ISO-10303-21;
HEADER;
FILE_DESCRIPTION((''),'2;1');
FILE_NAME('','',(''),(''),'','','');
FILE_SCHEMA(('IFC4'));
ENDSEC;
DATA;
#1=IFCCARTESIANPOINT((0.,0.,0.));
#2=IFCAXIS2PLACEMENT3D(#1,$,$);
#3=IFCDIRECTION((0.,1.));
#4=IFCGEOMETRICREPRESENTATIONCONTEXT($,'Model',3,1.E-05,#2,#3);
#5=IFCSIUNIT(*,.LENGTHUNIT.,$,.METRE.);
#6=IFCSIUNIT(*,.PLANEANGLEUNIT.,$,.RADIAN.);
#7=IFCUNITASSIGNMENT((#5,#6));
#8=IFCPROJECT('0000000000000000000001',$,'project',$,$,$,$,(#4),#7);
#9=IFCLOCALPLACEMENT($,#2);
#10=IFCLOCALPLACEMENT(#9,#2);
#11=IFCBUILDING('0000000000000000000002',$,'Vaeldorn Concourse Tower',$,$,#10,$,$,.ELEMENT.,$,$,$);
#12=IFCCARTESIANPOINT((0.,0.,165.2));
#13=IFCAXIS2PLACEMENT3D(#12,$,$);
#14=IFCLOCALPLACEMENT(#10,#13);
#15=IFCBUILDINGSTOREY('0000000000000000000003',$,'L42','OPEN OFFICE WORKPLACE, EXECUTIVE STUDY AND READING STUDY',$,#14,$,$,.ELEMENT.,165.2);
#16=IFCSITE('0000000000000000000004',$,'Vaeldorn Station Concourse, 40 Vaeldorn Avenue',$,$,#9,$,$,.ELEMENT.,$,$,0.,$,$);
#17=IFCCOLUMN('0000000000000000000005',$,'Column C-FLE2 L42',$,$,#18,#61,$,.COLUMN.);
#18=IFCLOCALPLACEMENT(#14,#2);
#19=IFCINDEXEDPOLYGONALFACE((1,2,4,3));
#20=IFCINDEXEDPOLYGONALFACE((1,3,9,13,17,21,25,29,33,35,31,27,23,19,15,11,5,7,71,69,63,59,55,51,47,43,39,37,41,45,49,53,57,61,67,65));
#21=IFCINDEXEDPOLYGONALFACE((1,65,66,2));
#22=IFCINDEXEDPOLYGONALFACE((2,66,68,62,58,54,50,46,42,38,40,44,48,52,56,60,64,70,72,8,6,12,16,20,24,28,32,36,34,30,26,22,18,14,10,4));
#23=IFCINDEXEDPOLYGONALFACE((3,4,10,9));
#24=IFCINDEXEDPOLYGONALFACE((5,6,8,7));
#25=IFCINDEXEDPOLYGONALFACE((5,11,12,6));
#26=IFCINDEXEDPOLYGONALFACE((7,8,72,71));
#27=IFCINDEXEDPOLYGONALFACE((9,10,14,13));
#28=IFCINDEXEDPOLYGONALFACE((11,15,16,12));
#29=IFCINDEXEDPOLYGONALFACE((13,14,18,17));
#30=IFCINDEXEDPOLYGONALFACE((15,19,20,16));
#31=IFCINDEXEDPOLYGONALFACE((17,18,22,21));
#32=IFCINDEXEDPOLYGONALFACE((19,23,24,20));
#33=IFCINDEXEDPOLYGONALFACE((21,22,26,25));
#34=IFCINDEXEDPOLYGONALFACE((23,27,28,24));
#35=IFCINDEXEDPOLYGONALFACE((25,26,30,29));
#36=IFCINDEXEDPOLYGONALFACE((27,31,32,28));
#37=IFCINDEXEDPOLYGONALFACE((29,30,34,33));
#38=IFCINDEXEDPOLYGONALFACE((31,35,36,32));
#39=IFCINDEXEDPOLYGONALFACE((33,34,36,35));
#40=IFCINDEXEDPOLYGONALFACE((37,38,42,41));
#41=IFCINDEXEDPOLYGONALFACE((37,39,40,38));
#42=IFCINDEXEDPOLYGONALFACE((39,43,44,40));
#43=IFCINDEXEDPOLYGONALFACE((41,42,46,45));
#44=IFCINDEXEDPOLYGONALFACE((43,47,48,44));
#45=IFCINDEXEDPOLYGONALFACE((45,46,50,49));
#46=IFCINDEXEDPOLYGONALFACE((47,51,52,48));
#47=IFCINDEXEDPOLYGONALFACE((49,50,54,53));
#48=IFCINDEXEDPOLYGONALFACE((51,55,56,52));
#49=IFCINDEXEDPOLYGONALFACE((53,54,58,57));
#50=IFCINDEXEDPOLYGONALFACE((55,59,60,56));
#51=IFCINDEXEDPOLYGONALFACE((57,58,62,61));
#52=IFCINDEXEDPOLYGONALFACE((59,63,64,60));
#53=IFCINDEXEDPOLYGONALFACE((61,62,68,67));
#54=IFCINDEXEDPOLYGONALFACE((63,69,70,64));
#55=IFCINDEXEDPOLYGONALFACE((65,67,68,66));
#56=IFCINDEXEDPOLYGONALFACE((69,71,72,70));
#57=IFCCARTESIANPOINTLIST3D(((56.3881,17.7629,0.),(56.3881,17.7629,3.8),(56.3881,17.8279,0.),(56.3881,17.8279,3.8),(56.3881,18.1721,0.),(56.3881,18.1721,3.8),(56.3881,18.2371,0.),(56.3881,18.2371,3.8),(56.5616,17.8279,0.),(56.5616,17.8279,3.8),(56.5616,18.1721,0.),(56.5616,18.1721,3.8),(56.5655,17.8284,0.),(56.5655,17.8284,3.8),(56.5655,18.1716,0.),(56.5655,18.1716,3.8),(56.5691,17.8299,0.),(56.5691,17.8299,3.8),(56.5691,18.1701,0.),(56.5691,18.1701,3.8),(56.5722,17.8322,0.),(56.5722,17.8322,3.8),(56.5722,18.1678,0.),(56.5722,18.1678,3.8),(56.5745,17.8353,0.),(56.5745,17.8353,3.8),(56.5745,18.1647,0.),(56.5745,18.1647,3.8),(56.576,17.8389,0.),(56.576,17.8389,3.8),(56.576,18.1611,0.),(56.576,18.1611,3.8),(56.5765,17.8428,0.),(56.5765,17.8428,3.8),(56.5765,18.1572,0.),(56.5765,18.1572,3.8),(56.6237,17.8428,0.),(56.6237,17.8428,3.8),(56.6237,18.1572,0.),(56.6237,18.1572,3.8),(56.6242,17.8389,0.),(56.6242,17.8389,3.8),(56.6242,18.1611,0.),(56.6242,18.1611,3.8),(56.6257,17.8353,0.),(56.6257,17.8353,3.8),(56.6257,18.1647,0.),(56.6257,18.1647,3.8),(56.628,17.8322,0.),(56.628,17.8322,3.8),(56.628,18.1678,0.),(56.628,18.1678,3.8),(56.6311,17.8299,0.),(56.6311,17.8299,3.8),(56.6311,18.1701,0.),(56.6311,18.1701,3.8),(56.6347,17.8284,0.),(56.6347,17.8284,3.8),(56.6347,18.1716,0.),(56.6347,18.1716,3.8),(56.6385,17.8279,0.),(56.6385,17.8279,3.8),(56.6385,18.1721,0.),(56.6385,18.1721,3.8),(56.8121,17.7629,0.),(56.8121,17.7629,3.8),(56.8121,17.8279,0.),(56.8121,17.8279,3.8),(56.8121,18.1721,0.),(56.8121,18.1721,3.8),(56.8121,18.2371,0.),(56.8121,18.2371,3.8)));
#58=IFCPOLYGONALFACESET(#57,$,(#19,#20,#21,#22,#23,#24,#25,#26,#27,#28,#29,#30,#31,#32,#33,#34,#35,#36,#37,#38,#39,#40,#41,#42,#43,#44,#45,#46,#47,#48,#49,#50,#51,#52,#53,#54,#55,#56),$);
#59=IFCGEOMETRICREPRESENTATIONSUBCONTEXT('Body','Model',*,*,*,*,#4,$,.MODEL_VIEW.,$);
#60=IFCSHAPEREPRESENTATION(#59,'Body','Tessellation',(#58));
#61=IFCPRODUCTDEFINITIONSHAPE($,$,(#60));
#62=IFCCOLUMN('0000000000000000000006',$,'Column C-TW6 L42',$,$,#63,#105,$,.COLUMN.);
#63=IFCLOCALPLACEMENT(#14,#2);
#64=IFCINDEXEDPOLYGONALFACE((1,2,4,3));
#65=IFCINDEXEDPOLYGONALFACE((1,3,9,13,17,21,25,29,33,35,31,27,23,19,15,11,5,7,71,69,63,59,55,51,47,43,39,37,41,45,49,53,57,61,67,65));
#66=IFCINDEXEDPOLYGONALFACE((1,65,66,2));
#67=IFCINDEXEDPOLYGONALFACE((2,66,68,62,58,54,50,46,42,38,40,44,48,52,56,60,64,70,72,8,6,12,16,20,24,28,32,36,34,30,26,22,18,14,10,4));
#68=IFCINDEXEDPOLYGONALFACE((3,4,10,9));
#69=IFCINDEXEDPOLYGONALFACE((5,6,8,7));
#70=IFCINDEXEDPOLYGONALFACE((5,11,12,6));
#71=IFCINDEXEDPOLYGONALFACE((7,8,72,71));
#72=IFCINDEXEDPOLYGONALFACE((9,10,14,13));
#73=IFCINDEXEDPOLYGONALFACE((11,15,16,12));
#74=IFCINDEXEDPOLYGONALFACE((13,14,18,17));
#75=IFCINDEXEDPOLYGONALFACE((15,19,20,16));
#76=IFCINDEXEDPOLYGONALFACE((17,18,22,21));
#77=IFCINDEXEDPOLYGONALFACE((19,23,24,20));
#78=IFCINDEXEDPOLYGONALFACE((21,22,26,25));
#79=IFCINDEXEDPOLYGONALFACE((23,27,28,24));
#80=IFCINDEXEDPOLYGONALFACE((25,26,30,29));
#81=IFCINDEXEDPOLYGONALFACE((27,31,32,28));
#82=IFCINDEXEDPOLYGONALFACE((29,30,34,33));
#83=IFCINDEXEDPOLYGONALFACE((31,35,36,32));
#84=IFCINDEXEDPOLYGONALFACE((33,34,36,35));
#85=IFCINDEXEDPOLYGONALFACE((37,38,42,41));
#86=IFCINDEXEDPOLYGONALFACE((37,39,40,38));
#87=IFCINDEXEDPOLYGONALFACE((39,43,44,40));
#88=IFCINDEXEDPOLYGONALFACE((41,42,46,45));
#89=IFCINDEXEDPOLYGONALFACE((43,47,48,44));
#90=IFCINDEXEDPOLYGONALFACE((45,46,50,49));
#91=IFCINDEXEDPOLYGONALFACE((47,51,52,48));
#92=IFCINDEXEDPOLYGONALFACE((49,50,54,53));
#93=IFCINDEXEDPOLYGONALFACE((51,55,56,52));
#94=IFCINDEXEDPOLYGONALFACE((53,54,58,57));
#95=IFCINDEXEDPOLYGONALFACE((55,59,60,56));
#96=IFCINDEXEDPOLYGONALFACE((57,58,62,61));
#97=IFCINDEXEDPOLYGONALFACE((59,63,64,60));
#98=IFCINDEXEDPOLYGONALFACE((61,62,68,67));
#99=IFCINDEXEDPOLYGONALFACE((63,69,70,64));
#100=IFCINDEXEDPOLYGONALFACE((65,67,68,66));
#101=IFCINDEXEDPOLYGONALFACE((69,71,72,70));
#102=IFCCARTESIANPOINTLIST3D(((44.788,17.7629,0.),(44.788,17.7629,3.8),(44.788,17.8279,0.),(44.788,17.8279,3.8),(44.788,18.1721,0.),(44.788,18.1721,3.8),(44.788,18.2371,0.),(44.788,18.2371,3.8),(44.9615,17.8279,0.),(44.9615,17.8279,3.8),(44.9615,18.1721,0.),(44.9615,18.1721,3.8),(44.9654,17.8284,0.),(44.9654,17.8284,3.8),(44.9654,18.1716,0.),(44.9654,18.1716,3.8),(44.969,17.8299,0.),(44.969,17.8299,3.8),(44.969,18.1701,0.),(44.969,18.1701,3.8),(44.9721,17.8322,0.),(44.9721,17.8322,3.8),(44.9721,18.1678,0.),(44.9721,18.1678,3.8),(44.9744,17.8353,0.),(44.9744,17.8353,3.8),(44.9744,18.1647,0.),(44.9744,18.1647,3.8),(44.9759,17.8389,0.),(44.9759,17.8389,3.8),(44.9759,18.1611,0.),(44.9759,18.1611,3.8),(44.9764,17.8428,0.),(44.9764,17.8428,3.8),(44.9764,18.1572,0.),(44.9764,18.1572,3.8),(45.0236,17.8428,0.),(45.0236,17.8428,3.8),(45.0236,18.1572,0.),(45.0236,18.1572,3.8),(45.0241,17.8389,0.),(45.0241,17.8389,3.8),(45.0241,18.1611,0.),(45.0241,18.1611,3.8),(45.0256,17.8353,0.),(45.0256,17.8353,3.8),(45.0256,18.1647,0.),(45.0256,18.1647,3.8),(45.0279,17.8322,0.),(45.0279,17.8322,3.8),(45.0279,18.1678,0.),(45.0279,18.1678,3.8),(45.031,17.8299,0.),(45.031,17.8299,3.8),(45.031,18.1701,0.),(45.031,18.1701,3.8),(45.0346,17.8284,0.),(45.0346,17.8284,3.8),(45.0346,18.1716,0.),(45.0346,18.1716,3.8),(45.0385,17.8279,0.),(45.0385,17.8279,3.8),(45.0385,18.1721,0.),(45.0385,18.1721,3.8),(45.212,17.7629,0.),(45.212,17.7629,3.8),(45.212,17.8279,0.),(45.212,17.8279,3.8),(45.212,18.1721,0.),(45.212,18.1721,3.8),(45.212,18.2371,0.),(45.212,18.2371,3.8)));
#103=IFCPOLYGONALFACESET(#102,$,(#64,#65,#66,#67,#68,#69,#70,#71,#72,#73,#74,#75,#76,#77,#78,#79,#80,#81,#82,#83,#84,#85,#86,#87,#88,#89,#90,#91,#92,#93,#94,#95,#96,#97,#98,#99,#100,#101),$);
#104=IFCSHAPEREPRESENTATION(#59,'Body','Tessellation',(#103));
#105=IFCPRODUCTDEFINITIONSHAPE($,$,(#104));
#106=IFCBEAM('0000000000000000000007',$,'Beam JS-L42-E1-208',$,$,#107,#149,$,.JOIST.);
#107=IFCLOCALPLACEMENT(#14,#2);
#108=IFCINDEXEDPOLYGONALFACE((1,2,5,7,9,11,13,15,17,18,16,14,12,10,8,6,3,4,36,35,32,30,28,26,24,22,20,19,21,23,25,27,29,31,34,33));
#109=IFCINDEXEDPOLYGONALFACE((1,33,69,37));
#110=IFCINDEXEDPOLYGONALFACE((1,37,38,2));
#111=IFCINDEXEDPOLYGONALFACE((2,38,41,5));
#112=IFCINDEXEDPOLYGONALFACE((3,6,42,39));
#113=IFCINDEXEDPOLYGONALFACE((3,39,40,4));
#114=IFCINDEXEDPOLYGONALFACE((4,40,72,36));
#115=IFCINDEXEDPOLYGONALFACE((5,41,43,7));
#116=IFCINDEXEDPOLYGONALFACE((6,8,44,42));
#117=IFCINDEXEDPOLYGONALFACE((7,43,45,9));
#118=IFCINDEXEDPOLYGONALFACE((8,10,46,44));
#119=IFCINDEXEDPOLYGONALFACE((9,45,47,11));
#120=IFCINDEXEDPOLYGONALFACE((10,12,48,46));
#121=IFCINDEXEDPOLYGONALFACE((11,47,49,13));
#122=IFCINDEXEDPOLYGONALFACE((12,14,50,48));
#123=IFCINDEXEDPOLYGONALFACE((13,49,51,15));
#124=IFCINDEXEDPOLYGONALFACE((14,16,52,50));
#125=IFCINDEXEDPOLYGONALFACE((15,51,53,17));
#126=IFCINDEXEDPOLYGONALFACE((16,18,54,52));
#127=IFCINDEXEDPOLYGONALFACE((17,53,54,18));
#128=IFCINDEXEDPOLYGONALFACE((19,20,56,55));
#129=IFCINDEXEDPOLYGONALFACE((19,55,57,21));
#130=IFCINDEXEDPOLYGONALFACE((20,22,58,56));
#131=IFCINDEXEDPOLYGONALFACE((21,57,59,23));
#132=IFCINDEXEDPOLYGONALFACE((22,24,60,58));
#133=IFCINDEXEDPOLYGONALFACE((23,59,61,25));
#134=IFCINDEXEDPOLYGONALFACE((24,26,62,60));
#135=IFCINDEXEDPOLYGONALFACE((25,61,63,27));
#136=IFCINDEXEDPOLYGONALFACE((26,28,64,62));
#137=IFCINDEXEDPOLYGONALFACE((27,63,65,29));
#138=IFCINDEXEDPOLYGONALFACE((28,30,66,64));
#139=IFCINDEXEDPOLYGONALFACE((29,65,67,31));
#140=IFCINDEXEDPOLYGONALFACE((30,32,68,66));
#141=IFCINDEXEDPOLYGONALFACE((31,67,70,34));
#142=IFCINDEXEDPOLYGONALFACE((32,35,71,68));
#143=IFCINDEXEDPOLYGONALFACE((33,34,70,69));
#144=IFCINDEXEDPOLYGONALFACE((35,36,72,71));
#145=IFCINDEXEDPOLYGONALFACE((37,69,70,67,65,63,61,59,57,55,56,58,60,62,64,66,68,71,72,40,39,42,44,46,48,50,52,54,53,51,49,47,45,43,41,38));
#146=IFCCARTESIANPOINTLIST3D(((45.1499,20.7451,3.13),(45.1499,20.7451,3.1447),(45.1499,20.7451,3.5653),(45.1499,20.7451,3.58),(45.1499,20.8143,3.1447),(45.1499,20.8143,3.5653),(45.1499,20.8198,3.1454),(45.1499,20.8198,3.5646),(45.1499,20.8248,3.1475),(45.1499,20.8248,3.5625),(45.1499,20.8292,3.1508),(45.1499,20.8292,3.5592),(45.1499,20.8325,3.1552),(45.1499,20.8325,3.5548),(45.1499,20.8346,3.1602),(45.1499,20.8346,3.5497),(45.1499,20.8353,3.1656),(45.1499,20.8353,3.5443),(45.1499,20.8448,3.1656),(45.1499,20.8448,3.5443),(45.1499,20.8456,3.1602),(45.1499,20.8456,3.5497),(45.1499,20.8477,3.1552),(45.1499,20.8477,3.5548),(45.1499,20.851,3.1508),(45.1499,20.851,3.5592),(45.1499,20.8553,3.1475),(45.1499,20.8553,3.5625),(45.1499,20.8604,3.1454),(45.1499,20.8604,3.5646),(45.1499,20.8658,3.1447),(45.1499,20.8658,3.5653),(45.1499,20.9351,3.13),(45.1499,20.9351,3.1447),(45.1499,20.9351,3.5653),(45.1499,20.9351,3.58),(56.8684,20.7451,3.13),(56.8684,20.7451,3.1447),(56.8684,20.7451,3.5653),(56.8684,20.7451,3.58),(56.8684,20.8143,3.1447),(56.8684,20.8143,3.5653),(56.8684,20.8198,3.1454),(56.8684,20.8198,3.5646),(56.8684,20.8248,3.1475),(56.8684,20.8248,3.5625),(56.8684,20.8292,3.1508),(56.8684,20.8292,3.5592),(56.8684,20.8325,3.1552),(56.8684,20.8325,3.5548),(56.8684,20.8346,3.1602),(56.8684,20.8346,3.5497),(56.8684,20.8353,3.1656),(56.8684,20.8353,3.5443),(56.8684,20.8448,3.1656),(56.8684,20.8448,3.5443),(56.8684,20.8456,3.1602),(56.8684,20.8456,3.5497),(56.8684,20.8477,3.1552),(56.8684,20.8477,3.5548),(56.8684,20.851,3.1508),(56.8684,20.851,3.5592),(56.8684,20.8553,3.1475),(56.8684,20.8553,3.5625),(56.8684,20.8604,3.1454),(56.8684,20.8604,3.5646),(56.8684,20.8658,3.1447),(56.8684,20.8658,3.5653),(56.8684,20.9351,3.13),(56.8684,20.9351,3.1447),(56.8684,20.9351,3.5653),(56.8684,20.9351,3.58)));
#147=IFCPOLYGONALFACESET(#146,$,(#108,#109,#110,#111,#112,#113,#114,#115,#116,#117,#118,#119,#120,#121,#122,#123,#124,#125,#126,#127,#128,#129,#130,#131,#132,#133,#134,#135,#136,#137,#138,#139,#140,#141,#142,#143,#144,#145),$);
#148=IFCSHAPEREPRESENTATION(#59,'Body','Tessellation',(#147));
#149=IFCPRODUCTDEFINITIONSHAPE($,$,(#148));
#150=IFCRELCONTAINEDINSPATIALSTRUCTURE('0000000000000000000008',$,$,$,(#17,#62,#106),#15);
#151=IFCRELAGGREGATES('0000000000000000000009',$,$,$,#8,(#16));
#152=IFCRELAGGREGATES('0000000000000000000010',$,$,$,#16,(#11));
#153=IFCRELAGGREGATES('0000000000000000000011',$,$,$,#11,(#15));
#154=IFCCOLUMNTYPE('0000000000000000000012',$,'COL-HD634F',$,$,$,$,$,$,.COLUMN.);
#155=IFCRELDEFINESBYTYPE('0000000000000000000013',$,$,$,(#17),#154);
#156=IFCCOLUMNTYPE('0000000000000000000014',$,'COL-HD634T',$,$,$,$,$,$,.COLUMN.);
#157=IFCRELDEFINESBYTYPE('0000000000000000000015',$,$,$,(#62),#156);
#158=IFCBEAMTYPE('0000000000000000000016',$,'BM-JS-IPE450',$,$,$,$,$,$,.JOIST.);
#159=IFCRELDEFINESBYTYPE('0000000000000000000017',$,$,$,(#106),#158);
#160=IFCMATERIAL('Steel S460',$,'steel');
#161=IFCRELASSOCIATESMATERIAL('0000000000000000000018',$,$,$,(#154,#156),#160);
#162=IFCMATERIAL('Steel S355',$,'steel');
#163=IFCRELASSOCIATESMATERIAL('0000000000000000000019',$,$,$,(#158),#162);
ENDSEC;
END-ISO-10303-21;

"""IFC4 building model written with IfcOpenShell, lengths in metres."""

from ifc_helpers import new_model, si_unit, direction, frame, origin, origin_2d, place, context, subcontext, project, spatial, i_section, extrude, source, transform, mapped, material, material_profile, profile_set, type_object, element, save


model = new_model("IFC4")

# Units and contexts
model_context = context("Model", 3, precision=1e-05, world=origin(), true_north=direction((0.0, 1.0)))
body_context = subcontext(model_context, "Body", "Model", "MODEL_VIEW")
ifc_project = project(units=[si_unit("LENGTHUNIT", "METRE"), si_unit("PLANEANGLEUNIT", "RADIAN")], contexts=[model_context])

# Site, building, storey
site_placement = place(None, origin())
site = spatial("IfcSite", under=ifc_project, at=site_placement, Name="Vaeldorn Station Concourse, 40 Vaeldorn Avenue", CompositionType="ELEMENT", RefElevation=0.0)
building_placement = place(site_placement, origin())
building = spatial("IfcBuilding", under=site, at=building_placement, Name="Vaeldorn Concourse Tower", CompositionType="ELEMENT")
storey_placement = place(building_placement, frame((0.0, 0.0, 165.2)))
storey = spatial("IfcBuildingStorey", under=building, at=storey_placement, Name="L42", Description="OPEN OFFICE WORKPLACE, EXECUTIVE STUDY AND READING STUDY", CompositionType="ELEMENT", Elevation=165.2)

# Columns
ifc_material_1 = material(Name="Steel S460", Category="steel")
ifc_material_profile_1 = material_profile(ifc_material_1, i_section(OverallWidth=0.4241, OverallDepth=0.4741, WebThickness=0.0471, FlangeThickness=0.0649, FilletRadius=0.0149, at=origin_2d()), Name="HD 400x634")
ifc_profile_set_1 = profile_set([ifc_material_profile_1], Name="Steel S460")
column_type_1 = type_object("IfcColumnType", Name="COL-HD634F", PredefinedType="COLUMN", material=ifc_profile_set_1)
shared_shape_1 = source(origin(), body_context, "Body", "SweptSolid", [
    extrude(i_section(OverallWidth=0.4241, OverallDepth=0.4741, WebThickness=0.0471, FlangeThickness=0.0649, FilletRadius=0.0149, at=origin_2d()), origin(), (0.0, 0.0, 1.0), 3.8),
])
column_1_placement = place(storey_placement, frame((56.6001, 18.0, 0.0), z_axis=(0.0, 0.0, 1.0), x_axis=(1.0, 0.0, 0.0)))
element("IfcColumn", 1, at=column_1_placement, inside=storey, type_object=column_type_1, Name="Column C-FLE2 L42", PredefinedType="COLUMN", context=body_context, shape_type="MappedRepresentation", body=[
    mapped(shared_shape_1, transform((0.0, 0.0, 0.0), scale=1.0)),
])
ifc_material_profile_2 = material_profile(ifc_material_1, i_section(OverallWidth=0.4241, OverallDepth=0.4741, WebThickness=0.0471, FlangeThickness=0.0649, FilletRadius=0.0149, at=origin_2d()), Name="HD 400x634")
ifc_profile_set_2 = profile_set([ifc_material_profile_2], Name="Steel S460")
column_type_2 = type_object("IfcColumnType", Name="COL-HD634T", PredefinedType="COLUMN", material=ifc_profile_set_2)
shared_shape_2 = source(origin(), body_context, "Body", "SweptSolid", [
    extrude(i_section(OverallWidth=0.4241, OverallDepth=0.4741, WebThickness=0.0471, FlangeThickness=0.0649, FilletRadius=0.0149, at=origin_2d()), origin(), (0.0, 0.0, 1.0), 3.8),
])
column_2_placement = place(storey_placement, frame((45.0, 18.0, 0.0), z_axis=(0.0, 0.0, 1.0), x_axis=(1.0, 0.0, 0.0)))
element("IfcColumn", 2, at=column_2_placement, inside=storey, type_object=column_type_2, Name="Column C-TW6 L42", PredefinedType="COLUMN", context=body_context, shape_type="MappedRepresentation", body=[
    mapped(shared_shape_2, transform((0.0, 0.0, 0.0), scale=1.0)),
])

# Beam
ifc_material_2 = material(Name="Steel S355", Category="steel")
ifc_material_profile_3 = material_profile(ifc_material_2, i_section(OverallWidth=0.1899, OverallDepth=0.45, WebThickness=0.0095, FlangeThickness=0.0146, FilletRadius=0.021, at=origin_2d()), Name="IPE 450")
ifc_profile_set_3 = profile_set([ifc_material_profile_3], Name="Steel S355")
beam_type_1 = type_object("IfcBeamType", Name="BM-JS-IPE450", PredefinedType="JOIST", material=ifc_profile_set_3)
shared_shape_3 = source(origin(), body_context, "Body", "SweptSolid", [
    extrude(i_section(OverallWidth=0.1899, OverallDepth=0.45, WebThickness=0.0095, FlangeThickness=0.0146, FilletRadius=0.021, at=origin_2d()), origin(), (0.0, 0.0, 1.0), 11.7185),
])
beam_1_placement = place(storey_placement, frame((45.1499, 20.8401, 3.355), z_axis=(1.0, 0.0, 0.0), x_axis=(0.0, 1.0, 0.0)))
element("IfcBeam", 3, at=beam_1_placement, inside=storey, type_object=beam_type_1, Name="Beam JS-L42-E1-208", PredefinedType="JOIST", context=body_context, shape_type="MappedRepresentation", body=[
    mapped(shared_shape_3, transform((0.0, 0.0, 0.0), scale=1.0)),
])

save(model, "model.ifc")
